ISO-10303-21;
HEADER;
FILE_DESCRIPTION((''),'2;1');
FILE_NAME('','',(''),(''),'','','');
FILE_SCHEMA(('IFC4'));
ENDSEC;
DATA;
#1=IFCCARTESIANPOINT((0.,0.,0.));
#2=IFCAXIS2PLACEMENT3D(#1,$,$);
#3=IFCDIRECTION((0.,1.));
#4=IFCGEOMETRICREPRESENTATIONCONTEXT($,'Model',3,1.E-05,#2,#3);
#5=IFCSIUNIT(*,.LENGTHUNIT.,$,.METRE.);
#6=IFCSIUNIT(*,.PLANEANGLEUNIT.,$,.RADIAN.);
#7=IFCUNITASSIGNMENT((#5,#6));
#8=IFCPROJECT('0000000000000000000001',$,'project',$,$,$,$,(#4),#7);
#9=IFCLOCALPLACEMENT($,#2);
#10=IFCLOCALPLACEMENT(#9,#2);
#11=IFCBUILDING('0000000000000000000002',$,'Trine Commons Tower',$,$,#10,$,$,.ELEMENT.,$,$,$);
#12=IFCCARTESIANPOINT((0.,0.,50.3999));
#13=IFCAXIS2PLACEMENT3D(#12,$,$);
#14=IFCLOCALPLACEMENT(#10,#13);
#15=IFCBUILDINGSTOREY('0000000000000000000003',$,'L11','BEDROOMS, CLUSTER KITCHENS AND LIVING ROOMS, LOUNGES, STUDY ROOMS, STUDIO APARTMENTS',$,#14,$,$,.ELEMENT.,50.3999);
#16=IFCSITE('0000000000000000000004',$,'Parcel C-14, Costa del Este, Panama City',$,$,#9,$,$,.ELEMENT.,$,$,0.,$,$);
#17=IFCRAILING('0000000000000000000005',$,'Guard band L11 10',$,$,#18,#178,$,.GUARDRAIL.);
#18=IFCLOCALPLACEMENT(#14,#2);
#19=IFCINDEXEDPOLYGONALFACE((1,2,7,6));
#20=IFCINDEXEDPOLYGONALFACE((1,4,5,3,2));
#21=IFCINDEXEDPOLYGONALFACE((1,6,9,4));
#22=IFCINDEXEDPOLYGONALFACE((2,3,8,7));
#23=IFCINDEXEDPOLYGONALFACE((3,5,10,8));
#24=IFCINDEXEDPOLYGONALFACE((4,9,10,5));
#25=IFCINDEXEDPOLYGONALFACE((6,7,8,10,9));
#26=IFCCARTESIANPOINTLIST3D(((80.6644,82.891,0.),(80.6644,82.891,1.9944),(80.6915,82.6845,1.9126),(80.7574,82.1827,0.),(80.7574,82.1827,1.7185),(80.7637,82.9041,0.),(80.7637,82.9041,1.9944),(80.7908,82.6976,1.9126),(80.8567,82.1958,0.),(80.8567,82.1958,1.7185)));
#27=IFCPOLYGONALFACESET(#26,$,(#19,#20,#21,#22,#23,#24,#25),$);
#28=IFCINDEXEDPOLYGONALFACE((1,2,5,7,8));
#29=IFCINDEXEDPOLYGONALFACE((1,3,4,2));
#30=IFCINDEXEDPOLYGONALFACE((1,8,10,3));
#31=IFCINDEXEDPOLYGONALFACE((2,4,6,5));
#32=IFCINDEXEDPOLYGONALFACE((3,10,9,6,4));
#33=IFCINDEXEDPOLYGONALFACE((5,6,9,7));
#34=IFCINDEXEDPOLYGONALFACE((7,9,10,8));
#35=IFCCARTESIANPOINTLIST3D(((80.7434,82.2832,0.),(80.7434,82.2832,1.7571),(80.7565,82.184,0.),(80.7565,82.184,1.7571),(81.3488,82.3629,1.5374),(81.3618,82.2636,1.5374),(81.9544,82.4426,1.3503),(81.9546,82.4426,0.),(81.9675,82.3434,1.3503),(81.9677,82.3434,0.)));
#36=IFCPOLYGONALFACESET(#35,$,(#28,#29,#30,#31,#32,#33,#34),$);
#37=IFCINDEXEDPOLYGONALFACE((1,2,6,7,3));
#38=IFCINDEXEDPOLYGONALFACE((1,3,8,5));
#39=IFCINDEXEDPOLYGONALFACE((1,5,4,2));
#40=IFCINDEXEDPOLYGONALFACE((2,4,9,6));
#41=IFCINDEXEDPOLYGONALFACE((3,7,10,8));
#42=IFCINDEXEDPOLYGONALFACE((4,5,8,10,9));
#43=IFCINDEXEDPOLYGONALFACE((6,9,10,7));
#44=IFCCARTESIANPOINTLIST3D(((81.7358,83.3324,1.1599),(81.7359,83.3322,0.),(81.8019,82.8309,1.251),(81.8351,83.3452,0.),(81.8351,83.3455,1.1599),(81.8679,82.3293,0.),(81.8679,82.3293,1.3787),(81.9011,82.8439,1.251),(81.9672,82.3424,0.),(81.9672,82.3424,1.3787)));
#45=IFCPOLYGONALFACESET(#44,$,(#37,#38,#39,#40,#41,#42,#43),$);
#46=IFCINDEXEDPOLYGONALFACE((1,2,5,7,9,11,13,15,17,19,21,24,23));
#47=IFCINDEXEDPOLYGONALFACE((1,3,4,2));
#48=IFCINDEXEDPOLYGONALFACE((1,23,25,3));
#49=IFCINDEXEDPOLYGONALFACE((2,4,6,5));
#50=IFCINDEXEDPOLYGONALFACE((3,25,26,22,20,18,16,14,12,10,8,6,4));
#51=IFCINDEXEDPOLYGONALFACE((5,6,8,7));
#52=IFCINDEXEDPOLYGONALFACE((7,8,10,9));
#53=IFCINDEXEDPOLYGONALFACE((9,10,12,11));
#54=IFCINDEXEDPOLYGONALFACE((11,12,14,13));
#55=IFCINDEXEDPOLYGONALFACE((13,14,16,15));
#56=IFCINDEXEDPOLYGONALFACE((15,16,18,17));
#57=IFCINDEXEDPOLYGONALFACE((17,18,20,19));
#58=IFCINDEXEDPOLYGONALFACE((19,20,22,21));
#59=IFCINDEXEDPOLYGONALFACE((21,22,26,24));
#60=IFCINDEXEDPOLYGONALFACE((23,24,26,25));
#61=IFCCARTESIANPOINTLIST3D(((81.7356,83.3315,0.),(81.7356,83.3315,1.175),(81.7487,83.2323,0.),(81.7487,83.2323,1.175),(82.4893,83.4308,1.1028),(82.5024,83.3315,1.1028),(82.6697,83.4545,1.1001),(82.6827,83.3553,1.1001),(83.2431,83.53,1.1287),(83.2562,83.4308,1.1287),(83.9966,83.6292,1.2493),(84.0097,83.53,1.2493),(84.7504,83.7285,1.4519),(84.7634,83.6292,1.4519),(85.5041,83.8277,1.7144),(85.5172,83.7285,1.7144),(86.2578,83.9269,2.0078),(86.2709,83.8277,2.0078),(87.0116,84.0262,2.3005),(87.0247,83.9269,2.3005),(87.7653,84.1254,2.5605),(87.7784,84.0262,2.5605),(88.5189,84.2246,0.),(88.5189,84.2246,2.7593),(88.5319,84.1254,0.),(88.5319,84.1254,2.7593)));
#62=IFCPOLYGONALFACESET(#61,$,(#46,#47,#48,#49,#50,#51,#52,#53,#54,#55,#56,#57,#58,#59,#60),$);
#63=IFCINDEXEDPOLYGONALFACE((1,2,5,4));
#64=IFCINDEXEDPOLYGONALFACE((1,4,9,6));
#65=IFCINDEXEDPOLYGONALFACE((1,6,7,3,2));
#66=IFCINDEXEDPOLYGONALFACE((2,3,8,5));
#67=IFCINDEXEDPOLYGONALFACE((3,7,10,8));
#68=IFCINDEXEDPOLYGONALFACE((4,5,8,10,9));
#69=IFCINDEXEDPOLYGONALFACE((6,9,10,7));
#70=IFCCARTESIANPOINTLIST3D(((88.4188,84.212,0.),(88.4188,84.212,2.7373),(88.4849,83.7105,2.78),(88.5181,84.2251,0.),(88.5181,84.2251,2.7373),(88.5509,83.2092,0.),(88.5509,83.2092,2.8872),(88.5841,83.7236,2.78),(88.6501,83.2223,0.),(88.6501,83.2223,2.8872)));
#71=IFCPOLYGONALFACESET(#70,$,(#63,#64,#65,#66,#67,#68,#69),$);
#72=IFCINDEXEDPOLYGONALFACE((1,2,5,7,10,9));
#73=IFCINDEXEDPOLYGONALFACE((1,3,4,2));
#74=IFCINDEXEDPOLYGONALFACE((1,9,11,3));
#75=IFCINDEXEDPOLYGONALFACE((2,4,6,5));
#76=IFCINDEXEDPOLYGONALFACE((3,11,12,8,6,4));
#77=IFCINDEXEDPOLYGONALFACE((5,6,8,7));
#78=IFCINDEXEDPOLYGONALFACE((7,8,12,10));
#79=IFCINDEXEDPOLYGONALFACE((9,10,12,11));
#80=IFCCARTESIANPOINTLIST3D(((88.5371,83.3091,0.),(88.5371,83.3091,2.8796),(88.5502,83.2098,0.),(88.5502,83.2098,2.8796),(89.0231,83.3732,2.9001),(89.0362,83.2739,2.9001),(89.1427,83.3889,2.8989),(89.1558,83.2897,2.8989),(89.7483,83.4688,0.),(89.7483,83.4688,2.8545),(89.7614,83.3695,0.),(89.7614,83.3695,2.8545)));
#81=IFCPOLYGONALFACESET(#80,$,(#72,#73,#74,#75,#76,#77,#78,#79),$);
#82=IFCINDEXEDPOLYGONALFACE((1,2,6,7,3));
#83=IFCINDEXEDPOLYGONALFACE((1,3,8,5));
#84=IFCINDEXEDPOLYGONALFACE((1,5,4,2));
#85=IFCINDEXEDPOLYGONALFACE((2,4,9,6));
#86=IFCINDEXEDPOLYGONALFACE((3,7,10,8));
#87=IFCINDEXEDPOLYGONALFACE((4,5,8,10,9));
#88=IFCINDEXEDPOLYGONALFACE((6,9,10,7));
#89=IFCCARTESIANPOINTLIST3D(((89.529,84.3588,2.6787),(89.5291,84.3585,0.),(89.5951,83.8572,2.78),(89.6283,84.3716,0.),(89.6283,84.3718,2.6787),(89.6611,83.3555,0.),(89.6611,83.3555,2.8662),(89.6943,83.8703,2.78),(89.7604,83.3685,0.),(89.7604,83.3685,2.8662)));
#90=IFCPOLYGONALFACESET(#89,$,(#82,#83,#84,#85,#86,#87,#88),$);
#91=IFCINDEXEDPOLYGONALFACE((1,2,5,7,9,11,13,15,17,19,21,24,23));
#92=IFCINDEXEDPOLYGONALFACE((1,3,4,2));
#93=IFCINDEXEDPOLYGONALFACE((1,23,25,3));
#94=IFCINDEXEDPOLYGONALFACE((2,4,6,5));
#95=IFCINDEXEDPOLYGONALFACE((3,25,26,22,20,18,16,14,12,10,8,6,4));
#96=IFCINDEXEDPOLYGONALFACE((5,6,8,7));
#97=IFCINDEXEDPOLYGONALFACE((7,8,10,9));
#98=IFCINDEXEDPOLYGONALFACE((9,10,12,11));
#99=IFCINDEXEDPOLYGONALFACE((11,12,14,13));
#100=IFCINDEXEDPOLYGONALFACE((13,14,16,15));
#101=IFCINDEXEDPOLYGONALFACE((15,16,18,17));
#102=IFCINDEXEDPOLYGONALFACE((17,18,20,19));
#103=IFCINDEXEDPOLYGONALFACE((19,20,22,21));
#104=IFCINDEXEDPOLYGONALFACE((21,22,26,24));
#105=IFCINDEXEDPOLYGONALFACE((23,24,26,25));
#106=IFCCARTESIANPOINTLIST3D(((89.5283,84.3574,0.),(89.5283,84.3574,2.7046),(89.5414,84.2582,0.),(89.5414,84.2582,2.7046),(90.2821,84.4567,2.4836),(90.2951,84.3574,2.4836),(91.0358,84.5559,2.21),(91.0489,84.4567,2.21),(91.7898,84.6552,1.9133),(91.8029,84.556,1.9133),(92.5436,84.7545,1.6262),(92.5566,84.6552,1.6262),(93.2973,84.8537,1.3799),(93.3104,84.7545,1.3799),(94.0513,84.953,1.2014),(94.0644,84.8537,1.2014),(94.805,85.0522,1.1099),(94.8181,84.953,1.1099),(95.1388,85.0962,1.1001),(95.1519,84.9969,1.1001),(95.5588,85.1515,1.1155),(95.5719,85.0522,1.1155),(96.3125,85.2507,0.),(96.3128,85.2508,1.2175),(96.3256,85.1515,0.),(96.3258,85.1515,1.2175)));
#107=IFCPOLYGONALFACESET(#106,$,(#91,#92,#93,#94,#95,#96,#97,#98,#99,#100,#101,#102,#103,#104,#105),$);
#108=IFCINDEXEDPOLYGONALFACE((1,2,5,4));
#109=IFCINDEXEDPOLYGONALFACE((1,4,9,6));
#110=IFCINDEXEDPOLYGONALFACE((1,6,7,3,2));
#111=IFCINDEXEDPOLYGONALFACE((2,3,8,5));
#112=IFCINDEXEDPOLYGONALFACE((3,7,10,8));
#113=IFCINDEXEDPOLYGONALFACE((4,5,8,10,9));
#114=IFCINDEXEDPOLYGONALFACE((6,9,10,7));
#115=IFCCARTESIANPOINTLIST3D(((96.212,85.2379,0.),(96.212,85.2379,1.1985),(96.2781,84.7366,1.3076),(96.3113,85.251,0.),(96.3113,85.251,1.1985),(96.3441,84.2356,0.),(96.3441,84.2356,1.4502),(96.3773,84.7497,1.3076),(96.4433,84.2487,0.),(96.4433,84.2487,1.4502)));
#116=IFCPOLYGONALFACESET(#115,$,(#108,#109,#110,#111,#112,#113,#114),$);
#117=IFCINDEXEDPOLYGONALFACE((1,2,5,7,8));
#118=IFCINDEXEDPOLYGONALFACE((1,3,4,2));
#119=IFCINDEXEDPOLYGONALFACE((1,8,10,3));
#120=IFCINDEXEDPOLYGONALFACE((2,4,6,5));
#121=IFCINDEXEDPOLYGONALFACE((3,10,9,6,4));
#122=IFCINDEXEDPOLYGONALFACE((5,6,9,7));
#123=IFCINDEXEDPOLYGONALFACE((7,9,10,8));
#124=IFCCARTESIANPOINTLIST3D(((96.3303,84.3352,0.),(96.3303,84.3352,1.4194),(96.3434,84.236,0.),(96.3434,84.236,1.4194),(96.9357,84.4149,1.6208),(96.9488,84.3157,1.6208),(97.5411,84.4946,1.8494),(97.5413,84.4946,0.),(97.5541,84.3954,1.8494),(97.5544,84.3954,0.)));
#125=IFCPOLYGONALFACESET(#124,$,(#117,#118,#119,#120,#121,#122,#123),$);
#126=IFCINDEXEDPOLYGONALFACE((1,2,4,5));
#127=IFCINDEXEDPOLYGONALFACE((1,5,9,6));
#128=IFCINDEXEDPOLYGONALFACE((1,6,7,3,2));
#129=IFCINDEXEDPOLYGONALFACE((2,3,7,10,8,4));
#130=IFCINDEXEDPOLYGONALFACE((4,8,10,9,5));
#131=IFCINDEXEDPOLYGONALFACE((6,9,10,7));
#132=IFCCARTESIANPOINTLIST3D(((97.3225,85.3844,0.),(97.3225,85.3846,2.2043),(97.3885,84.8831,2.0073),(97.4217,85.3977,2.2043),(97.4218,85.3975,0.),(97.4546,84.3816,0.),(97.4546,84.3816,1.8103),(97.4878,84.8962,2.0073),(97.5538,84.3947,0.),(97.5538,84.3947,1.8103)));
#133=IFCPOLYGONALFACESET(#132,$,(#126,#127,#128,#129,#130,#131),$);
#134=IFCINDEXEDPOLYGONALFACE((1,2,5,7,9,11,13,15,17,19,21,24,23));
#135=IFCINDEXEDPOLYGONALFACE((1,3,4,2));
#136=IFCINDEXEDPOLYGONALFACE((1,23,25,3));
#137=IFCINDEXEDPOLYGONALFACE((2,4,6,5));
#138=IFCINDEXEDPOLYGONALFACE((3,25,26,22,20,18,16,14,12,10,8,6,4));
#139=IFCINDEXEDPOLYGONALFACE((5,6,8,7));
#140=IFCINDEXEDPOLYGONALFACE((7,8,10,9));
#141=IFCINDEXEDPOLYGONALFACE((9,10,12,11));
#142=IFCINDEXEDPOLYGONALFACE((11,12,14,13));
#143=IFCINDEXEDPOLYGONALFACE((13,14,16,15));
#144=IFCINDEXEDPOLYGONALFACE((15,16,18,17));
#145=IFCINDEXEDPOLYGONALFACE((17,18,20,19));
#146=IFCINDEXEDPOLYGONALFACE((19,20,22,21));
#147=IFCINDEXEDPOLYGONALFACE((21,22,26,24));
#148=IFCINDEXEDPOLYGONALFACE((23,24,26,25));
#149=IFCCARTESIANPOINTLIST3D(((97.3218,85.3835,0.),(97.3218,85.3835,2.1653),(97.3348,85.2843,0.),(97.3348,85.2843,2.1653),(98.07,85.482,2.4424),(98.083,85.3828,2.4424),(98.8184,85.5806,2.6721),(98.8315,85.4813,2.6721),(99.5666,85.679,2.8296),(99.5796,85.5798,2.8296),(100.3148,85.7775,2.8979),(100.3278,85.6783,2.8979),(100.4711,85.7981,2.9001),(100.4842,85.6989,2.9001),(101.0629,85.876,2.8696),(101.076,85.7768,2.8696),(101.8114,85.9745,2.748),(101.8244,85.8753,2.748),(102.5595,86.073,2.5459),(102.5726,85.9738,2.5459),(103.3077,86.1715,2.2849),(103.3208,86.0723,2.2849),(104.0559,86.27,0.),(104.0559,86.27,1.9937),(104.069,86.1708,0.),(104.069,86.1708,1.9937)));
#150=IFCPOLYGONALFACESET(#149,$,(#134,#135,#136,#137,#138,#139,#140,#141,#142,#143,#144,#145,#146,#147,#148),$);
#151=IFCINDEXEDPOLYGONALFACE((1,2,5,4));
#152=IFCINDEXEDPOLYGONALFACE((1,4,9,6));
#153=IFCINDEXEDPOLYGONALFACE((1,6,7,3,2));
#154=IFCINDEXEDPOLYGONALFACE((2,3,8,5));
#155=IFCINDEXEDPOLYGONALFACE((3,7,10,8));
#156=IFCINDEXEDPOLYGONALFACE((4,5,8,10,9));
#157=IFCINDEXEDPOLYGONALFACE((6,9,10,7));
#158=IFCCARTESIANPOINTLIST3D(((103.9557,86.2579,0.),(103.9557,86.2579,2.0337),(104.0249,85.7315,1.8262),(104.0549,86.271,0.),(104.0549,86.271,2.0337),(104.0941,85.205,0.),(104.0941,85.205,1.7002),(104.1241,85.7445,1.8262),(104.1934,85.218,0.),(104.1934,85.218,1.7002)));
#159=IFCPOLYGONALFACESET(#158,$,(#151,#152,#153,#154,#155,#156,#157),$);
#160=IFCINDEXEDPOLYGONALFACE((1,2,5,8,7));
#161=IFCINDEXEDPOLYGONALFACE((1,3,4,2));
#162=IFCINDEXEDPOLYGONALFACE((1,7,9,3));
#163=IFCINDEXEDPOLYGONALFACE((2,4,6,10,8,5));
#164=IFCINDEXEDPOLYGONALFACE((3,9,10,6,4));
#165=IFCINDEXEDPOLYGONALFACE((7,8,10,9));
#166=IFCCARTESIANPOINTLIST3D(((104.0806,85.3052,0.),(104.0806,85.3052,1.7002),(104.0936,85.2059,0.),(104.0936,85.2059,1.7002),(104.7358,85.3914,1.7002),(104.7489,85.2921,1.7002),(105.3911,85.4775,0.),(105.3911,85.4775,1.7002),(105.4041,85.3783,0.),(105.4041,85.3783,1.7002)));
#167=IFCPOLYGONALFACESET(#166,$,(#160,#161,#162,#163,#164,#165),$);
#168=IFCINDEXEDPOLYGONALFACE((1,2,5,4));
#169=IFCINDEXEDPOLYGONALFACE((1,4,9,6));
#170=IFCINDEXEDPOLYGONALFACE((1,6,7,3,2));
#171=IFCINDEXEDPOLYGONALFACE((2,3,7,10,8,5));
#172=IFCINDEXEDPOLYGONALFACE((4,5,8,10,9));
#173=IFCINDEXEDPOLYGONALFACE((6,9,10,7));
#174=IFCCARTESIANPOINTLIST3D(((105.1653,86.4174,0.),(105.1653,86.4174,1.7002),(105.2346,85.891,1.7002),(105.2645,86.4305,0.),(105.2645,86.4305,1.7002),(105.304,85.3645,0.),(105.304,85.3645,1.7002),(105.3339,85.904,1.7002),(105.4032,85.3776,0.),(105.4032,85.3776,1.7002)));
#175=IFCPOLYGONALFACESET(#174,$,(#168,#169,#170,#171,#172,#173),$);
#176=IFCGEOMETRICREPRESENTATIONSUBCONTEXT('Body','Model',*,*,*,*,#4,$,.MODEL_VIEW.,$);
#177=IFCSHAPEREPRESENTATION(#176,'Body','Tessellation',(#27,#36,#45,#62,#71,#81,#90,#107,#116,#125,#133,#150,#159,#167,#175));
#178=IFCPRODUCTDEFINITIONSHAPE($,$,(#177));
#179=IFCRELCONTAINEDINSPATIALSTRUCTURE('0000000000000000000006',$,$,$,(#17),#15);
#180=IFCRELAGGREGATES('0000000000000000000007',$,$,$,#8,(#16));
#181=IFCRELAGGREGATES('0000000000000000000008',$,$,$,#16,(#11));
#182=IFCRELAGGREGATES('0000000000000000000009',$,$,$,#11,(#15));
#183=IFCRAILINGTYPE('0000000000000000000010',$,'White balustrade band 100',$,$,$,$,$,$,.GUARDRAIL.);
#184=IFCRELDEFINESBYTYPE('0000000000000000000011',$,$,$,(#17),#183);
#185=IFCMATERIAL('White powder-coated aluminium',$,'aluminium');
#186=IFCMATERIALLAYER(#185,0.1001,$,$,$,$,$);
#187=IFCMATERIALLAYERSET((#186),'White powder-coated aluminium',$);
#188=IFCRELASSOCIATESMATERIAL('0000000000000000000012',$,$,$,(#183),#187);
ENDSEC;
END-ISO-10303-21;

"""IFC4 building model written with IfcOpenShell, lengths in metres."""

from ifc_helpers import new_model, si_unit, direction, frame, origin, place, context, subcontext, project, spatial, polyline, outline, extrude, material, layer, layer_set, type_object, element, save


model = new_model("IFC4")

# Units and contexts
model_context = context("Model", 3, precision=1e-05, world=origin(), true_north=direction((0.0, 1.0)))
body_context = subcontext(model_context, "Body", "Model", "MODEL_VIEW")
ifc_project = project(units=[si_unit("LENGTHUNIT", "METRE"), si_unit("PLANEANGLEUNIT", "RADIAN")], contexts=[model_context])

# Site, building, storey
site_placement = place(None, origin())
site = spatial("IfcSite", under=ifc_project, at=site_placement, Name="Parcel C-14, Costa del Este, Panama City", CompositionType="ELEMENT", RefElevation=0.0)
building_placement = place(site_placement, origin())
building = spatial("IfcBuilding", under=site, at=building_placement, Name="Trine Commons Tower", CompositionType="ELEMENT")
storey_placement = place(building_placement, frame((0.0, 0.0, 50.3999)))
storey = spatial("IfcBuildingStorey", under=building, at=storey_placement, Name="L11", Description="BEDROOMS, CLUSTER KITCHENS AND LIVING ROOMS, LOUNGES, STUDY ROOMS, STUDIO APARTMENTS", CompositionType="ELEMENT", Elevation=50.3999)

# Railing
ifc_material_1 = material(Name="White powder-coated aluminium", Category="aluminium")
ifc_layer_1 = layer(ifc_material_1, 0.1001)
ifc_layer_set_1 = layer_set([ifc_layer_1], Name="White powder-coated aluminium")
railing_type = type_object("IfcRailingType", Name="White balustrade band 100", PredefinedType="GUARDRAIL", material=ifc_layer_set_1)
railing_1_placement = place(storey_placement, origin())
element("IfcRailing", 1, at=railing_1_placement, inside=storey, type_object=railing_type, Name="Guard band L11 10", PredefinedType="GUARDRAIL", context=body_context, shape_type="SweptSolid", body=[
    extrude(outline(polyline([(0.0, 0.0), (0.7144, 0.0), (0.7144, 1.7185), (0.2083, 1.9126), (0.0, 1.9944), (0.0, 0.0)])), frame((80.7637, 82.9041, 0.0), z_axis=(-0.991486, -0.130216, 0.0), x_axis=(0.130216, -0.991486, 0.0)), (0.0, 0.0, 1.0), 0.1001),
    extrude(outline(polyline([(0.0, 0.0), (1.2217, 0.0), (1.2214, 1.3503), (0.6106, 1.5374), (0.0, 1.7571), (0.0, 0.0)])), frame((80.7434, 82.2832, 0.0), z_axis=(0.130501, -0.991448, 0.0), x_axis=(0.991448, 0.130501, 0.0)), (0.0, 0.0, 1.0), 0.1001),
    extrude(outline(polyline([(0.0, 0.0), (1.0115, 0.0), (1.0117, 1.1599), (0.5059, 1.251), (0.0, 1.3787), (0.0, 0.0)])), frame((81.8679, 82.3293, 0.0), z_axis=(0.99144, 0.130567, 0.0), x_axis=(-0.130567, 0.99144, 0.0)), (0.0, 0.0, 1.0), 0.1001),
    extrude(outline(polyline([(0.0, 0.0), (6.8418, 0.0), (6.8418, 2.7593), (6.0818, 2.5605), (5.3215, 2.3005), (4.5613, 2.0078), (3.801, 1.7144), (3.0408, 1.4519), (2.2805, 1.2493), (1.5205, 1.1287), (0.9421, 1.1001), (0.7603, 1.1028), (0.0, 1.175), (0.0, 0.0)])), frame((81.7356, 83.3315, 0.0), z_axis=(0.130532, -0.991444, 0.0), x_axis=(0.991444, 0.130532, 0.0)), (0.0, 0.0, 1.0), 0.1001),
    extrude(outline(polyline([(0.0, 0.0), (1.0115, 0.0), (1.0115, 2.8872), (0.5059, 2.78), (0.0, 2.7373), (0.0, 0.0)])), frame((88.5181, 84.2251, 0.0), z_axis=(-0.99144, -0.130567, 0.0), x_axis=(0.130567, -0.99144, 0.0)), (0.0, 0.0, 1.0), 0.1001),
    extrude(outline(polyline([(0.0, 0.0), (1.2217, 0.0), (1.2217, 2.8545), (0.6108, 2.8989), (0.4902, 2.9001), (0.0, 2.8796), (0.0, 0.0)])), frame((88.5371, 83.3091, 0.0), z_axis=(0.130697, -0.991422, 0.0), x_axis=(0.991422, 0.130697, 0.0)), (0.0, 0.0, 1.0), 0.1001),
    extrude(outline(polyline([(0.0, 0.0), (1.0117, 0.0), (1.012, 2.6787), (0.5061, 2.78), (0.0, 2.8662), (0.0, 0.0)])), frame((89.6611, 83.3555, 0.0), z_axis=(0.991444, 0.130536, 0.0), x_axis=(-0.130536, 0.991444, 0.0)), (0.0, 0.0, 1.0), 0.1001),
    extrude(outline(polyline([(0.0, 0.0), (6.8428, 0.0), (6.843, 1.2175), (6.0825, 1.1155), (5.6589, 1.1001), (5.3223, 1.1099), (4.562, 1.2014), (3.8015, 1.3799), (3.0413, 1.6262), (2.281, 1.9133), (1.5205, 2.21), (0.7603, 2.4836), (0.0, 2.7046), (0.0, 0.0)])), frame((89.5283, 84.3574, 0.0), z_axis=(0.130549, -0.991442, 0.0), x_axis=(0.991442, 0.130549, 0.0)), (0.0, 0.0, 1.0), 0.1001),
    extrude(outline(polyline([(0.0, 0.0), (1.011, 0.0), (1.011, 1.4502), (0.5056, 1.3076), (0.0, 1.1985), (0.0, 0.0)])), frame((96.3113, 85.251, 0.0), z_axis=(-0.991431, -0.130629, 0.0), x_axis=(0.130629, -0.991431, 0.0)), (0.0, 0.0, 1.0), 0.1001),
    extrude(outline(polyline([(0.0, 0.0), (1.2214, 0.0), (1.2212, 1.8494), (0.6106, 1.6208), (0.0, 1.4194), (0.0, 0.0)])), frame((96.3303, 84.3352, 0.0), z_axis=(0.130527, -0.991445, 0.0), x_axis=(0.991445, 0.130527, 0.0)), (0.0, 0.0, 1.0), 0.1001),
    extrude(outline(polyline([(0.0, 0.0), (1.0115, 0.0), (1.0117, 2.2043), (0.5059, 2.0073), (0.0, 1.8103), (0.0, 0.0)])), frame((97.4546, 84.3816, 0.0), z_axis=(0.99144, 0.130567, 0.0), x_axis=(-0.130567, 0.99144, 0.0)), (0.0, 0.0, 1.0), 0.1001),
    extrude(outline(polyline([(0.0, 0.0), (6.7922, 0.0), (6.7922, 1.9937), (6.0376, 2.2849), (5.283, 2.5459), (4.5283, 2.748), (3.7734, 2.8696), (3.1765, 2.9001), (3.0188, 2.8979), (2.2642, 2.8296), (1.5095, 2.6721), (0.7546, 2.4424), (0.0, 2.1653), (0.0, 0.0)])), frame((97.3218, 85.3835, 0.0), z_axis=(0.130513, -0.991447, 0.0), x_axis=(0.991447, 0.130513, 0.0)), (0.0, 0.0, 1.0), 0.1001),
    extrude(outline(polyline([(0.0, 0.0), (1.062, 0.0), (1.062, 1.7002), (0.531, 1.8262), (0.0, 2.0337), (0.0, 0.0)])), frame((104.0549, 86.271, 0.0), z_axis=(-0.991469, -0.130342, 0.0), x_axis=(0.130342, -0.991469, 0.0)), (0.0, 0.0, 1.0), 0.1001),
    extrude(outline(polyline([(0.0, 0.0), (1.3218, 0.0), (1.3218, 1.7002), (0.6609, 1.7002), (0.0, 1.7002), (0.0, 0.0)])), frame((104.0806, 85.3052, 0.0), z_axis=(0.130397, -0.991462, 0.0), x_axis=(0.991462, 0.130397, 0.0)), (0.0, 0.0, 1.0), 0.1001),
    extrude(outline(polyline([(0.0, 0.0), (1.062, 0.0), (1.062, 1.7002), (0.531, 1.7002), (0.0, 1.7002), (0.0, 0.0)])), frame((105.304, 85.3645, 0.0), z_axis=(0.991439, 0.130567, 0.0), x_axis=(-0.130567, 0.991439, 0.0)), (0.0, 0.0, 1.0), 0.1001),
])

save(model, "model.ifc")
